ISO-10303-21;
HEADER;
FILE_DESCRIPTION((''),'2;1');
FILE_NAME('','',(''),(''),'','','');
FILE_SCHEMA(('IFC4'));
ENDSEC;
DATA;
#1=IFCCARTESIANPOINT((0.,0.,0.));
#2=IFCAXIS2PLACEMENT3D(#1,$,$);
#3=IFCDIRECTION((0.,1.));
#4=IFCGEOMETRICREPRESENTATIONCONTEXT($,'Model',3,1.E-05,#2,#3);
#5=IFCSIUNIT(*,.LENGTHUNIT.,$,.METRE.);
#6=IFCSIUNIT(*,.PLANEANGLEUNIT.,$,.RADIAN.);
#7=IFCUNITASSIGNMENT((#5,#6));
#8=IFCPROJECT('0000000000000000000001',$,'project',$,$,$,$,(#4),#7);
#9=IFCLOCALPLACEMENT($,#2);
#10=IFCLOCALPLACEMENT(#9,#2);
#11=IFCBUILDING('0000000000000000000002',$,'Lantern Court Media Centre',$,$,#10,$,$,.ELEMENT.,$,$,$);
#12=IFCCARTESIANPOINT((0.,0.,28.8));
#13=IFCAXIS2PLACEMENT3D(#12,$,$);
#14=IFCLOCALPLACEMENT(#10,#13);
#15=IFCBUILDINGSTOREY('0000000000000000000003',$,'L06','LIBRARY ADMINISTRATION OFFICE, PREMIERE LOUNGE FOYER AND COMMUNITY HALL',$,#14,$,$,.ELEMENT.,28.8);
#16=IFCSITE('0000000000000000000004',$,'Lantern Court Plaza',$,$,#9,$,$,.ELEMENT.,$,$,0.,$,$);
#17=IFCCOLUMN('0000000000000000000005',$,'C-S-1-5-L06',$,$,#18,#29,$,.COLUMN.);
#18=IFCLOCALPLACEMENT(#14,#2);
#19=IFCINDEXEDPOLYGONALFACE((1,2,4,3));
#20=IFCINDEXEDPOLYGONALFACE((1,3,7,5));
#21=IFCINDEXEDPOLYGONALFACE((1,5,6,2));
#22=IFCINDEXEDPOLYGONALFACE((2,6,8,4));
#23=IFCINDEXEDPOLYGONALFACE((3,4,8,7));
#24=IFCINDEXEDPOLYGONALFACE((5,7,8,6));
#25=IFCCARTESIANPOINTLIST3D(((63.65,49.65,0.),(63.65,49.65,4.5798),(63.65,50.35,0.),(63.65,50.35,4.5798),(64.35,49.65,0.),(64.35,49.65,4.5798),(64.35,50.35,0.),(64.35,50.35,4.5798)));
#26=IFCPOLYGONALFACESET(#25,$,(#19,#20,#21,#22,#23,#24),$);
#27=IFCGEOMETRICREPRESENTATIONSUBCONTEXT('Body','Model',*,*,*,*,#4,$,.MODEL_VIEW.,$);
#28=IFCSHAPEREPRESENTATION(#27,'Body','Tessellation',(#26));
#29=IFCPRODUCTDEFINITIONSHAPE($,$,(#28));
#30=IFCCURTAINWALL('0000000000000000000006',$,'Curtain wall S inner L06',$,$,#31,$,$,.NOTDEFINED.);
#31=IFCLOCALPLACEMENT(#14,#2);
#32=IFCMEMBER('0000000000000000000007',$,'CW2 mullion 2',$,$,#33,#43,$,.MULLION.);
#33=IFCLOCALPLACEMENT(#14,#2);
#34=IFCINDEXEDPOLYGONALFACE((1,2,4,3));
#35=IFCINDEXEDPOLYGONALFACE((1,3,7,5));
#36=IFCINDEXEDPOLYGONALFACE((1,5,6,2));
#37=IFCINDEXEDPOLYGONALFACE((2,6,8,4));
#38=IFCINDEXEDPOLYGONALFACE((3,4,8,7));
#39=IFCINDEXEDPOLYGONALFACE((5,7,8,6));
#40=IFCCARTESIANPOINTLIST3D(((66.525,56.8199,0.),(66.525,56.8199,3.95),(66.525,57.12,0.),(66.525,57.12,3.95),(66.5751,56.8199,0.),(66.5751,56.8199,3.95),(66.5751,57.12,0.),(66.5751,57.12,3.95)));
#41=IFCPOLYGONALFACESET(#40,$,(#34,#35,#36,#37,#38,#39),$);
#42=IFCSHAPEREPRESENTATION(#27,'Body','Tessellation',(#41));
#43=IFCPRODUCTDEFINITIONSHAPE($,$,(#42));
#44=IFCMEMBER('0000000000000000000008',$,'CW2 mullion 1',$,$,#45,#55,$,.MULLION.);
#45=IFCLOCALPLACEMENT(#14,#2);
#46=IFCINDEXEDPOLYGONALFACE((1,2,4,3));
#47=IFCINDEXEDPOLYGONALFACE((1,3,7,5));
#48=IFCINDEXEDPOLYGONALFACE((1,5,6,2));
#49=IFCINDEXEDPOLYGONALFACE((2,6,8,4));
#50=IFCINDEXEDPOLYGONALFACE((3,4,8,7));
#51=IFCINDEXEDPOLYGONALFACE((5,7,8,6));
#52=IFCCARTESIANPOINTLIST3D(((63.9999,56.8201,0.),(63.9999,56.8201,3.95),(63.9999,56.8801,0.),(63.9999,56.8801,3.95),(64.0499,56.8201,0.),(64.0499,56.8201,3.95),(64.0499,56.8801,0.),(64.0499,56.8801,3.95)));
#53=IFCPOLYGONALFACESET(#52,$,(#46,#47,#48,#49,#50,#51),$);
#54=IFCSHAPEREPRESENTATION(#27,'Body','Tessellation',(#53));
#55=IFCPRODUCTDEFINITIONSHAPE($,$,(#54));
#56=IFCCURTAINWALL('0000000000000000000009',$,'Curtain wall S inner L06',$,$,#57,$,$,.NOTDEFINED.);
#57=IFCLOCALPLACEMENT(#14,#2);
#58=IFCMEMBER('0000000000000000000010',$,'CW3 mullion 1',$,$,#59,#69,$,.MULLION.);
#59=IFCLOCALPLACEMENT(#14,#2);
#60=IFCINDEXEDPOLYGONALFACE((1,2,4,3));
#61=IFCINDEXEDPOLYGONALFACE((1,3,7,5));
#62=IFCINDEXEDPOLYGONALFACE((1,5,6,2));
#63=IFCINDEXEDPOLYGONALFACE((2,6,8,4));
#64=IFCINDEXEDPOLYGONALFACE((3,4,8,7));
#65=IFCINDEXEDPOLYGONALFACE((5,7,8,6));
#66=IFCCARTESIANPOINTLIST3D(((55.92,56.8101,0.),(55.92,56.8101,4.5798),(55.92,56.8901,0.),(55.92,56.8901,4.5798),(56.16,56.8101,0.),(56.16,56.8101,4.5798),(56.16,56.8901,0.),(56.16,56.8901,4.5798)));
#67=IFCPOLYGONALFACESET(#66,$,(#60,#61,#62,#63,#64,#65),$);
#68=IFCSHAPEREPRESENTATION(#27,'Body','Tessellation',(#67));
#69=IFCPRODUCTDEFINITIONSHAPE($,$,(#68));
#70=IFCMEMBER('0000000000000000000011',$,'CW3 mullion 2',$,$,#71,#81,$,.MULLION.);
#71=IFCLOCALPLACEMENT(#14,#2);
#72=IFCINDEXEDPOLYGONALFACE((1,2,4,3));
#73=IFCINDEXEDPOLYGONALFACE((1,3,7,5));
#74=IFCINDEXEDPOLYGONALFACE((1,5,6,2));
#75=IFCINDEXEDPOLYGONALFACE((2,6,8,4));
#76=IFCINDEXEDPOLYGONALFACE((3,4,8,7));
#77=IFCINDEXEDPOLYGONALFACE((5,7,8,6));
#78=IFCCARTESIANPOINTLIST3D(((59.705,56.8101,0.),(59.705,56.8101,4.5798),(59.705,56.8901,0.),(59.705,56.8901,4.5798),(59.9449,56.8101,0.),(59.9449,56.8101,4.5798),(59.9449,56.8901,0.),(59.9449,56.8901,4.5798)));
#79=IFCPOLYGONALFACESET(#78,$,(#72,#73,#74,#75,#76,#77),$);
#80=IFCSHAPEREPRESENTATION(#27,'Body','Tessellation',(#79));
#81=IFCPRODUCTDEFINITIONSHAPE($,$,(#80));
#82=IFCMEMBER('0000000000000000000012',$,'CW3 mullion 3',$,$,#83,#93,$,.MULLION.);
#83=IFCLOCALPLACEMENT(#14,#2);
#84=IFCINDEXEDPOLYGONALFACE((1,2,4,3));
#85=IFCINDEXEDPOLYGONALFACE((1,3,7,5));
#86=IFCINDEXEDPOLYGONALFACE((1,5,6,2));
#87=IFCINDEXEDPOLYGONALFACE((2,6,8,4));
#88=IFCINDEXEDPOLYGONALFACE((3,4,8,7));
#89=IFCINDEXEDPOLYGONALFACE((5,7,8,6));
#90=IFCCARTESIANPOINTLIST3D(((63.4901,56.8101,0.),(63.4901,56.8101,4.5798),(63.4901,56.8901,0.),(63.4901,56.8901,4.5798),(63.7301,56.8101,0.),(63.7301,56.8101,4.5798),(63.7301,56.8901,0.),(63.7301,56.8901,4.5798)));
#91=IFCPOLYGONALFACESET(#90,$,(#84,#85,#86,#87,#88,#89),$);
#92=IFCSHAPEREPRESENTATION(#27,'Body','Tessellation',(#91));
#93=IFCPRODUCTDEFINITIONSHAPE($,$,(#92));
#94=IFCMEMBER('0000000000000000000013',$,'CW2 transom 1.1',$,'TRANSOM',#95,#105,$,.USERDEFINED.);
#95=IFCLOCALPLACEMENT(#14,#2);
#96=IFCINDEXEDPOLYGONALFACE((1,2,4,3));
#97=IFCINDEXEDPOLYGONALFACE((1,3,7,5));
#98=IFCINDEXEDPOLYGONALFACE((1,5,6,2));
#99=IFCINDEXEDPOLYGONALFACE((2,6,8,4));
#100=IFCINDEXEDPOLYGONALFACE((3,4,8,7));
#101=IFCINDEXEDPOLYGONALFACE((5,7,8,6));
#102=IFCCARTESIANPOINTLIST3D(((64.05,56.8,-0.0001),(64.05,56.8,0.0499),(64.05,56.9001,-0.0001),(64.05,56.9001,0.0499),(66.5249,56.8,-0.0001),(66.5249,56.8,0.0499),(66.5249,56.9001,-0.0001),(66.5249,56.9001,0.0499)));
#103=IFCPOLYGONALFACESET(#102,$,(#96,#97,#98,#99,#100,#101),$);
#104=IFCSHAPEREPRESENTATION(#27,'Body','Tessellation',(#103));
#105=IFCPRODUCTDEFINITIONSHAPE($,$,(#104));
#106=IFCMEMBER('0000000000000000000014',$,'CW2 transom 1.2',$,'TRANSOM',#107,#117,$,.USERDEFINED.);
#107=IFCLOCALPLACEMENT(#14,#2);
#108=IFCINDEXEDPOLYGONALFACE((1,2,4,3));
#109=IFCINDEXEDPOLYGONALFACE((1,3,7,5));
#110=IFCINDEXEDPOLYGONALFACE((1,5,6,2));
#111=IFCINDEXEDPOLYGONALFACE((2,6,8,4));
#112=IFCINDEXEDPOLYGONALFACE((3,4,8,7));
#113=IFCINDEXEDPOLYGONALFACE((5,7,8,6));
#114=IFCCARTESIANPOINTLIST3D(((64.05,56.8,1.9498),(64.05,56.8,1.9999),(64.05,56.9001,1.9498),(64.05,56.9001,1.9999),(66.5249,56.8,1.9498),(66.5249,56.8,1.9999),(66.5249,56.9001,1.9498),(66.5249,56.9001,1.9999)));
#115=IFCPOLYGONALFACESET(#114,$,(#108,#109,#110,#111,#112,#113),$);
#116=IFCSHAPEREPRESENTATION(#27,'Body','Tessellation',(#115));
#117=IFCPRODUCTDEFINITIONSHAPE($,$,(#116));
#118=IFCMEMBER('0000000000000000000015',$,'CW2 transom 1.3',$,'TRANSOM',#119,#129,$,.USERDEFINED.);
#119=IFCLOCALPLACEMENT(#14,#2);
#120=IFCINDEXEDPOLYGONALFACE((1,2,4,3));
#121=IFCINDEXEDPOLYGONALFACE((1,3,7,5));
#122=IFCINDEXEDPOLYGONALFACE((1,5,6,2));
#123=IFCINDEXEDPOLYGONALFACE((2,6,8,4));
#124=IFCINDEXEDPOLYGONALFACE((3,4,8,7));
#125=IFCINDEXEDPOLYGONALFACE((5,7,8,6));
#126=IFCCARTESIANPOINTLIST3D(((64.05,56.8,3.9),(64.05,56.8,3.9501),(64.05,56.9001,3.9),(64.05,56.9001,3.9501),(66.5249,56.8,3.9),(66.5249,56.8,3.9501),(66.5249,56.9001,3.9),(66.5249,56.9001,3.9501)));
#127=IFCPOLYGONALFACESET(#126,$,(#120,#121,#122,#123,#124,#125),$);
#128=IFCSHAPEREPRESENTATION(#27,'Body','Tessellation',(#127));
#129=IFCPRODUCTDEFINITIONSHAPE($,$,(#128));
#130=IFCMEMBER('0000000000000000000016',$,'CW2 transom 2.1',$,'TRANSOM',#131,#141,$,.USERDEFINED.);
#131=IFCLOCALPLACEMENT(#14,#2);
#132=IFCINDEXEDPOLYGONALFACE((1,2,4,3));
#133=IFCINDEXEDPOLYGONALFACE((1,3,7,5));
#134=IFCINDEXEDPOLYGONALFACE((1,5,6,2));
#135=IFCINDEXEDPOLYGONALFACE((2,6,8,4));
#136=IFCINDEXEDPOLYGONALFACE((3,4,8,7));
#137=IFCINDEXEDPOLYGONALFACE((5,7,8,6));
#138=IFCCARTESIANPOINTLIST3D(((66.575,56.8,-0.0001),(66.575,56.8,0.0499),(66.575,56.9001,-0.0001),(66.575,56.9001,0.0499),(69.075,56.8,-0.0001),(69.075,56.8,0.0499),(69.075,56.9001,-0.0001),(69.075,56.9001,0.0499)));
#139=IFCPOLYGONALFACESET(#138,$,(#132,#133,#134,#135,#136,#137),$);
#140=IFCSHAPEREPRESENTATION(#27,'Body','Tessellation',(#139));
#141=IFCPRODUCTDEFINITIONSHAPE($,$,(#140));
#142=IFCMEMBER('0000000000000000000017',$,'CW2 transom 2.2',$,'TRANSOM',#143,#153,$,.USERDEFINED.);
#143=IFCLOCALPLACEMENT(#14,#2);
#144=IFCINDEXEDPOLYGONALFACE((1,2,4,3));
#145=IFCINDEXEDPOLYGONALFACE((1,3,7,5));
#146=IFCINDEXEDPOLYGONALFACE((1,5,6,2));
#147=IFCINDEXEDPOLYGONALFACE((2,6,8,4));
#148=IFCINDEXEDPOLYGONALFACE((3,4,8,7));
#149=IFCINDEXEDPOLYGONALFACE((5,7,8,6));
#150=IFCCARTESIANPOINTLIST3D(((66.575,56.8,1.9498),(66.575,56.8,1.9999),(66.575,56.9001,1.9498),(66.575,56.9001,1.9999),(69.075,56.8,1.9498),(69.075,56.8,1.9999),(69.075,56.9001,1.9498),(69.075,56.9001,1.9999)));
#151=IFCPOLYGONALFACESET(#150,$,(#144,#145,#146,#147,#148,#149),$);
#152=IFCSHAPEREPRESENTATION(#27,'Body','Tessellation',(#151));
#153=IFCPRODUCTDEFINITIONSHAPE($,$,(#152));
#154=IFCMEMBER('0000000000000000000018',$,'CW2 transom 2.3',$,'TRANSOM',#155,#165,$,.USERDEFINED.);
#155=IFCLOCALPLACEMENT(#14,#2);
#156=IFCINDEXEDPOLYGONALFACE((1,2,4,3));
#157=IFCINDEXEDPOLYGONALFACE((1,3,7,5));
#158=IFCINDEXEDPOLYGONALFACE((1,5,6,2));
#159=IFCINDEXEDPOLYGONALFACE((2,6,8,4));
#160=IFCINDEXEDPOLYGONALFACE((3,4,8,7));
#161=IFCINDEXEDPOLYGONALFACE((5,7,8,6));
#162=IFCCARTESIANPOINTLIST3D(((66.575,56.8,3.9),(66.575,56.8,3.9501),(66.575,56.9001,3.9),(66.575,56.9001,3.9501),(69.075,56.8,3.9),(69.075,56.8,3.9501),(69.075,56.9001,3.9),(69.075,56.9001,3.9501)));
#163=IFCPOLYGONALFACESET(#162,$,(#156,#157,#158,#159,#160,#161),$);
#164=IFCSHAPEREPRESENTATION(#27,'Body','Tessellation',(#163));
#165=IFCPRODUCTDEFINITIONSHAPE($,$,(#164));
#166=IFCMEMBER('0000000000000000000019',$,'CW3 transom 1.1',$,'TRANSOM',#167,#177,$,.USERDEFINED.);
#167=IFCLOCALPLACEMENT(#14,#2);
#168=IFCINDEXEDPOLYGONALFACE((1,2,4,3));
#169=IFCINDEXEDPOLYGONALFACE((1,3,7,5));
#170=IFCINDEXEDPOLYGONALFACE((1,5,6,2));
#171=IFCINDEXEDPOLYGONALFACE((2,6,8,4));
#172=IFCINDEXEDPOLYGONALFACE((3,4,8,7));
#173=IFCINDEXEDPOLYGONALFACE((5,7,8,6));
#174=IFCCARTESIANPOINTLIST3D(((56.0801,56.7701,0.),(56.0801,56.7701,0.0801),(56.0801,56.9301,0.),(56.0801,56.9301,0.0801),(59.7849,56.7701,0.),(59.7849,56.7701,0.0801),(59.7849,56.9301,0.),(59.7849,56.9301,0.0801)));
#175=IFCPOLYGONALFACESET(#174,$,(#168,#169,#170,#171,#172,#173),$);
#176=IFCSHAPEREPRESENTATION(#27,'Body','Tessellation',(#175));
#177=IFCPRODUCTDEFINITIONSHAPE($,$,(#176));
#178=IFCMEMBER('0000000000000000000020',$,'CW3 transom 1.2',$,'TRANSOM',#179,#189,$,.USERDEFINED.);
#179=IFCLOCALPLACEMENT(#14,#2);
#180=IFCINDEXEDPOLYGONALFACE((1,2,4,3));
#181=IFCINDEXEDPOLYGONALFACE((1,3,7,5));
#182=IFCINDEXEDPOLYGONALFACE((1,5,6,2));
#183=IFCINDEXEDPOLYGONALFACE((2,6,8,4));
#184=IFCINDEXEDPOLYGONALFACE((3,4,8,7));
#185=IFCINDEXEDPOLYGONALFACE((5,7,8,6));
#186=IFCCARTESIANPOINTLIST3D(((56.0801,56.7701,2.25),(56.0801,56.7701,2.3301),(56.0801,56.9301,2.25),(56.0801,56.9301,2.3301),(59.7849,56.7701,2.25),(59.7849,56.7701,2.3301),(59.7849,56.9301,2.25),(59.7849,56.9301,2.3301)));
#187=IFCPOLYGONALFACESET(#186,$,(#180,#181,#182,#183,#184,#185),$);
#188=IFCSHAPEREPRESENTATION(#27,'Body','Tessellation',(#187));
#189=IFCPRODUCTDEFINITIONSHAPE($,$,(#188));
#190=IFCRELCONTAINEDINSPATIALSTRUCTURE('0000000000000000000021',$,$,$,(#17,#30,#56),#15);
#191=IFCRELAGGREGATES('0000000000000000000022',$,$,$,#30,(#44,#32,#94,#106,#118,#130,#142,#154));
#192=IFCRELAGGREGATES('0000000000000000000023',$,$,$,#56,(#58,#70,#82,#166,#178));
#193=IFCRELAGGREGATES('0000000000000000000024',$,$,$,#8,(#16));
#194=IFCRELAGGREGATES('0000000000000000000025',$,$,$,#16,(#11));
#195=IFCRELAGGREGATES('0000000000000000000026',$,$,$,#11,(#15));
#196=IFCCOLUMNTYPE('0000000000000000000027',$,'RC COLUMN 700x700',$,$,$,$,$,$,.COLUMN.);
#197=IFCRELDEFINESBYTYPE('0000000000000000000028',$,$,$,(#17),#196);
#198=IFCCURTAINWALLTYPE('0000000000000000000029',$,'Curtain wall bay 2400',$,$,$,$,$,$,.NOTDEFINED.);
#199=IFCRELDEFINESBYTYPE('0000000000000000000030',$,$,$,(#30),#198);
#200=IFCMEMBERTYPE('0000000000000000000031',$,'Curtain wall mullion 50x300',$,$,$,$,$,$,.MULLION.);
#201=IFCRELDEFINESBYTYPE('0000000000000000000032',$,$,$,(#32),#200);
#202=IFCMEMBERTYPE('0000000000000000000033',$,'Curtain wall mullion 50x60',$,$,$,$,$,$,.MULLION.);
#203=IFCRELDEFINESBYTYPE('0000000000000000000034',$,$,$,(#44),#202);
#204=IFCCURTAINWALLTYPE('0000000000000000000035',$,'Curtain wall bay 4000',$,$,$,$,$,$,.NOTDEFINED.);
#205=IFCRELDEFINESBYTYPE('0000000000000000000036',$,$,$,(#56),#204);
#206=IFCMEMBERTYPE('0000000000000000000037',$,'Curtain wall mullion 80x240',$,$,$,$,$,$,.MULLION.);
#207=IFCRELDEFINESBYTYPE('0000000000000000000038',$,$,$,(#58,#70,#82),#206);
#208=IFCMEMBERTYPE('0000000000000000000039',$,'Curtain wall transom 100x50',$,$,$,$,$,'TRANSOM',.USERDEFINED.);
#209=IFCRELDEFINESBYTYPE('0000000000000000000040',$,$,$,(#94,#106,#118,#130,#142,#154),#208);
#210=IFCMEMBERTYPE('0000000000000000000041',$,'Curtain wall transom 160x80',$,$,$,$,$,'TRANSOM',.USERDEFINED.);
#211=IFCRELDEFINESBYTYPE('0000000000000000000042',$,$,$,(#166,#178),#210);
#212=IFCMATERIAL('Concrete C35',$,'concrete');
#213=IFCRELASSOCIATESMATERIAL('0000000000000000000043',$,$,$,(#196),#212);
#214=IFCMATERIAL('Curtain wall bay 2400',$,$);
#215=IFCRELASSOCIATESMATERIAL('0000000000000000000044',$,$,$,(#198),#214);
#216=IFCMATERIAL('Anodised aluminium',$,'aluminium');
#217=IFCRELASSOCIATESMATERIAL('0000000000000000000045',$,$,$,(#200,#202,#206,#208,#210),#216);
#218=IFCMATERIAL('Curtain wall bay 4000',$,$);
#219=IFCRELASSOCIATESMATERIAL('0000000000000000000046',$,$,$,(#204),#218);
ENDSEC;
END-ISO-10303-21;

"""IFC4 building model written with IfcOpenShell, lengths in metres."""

from ifc_helpers import new_model, si_unit, direction, frame, origin, origin_2d, place, context, subcontext, project, spatial, rectangle, extrude, material, material_profile, profile_set, type_object, element, aggregate, save


model = new_model("IFC4")

# Units and contexts
model_context = context("Model", 3, precision=1e-05, world=origin(), true_north=direction((0.0, 1.0)))
body_context = subcontext(model_context, "Body", "Model", "MODEL_VIEW")
ifc_project = project(units=[si_unit("LENGTHUNIT", "METRE"), si_unit("PLANEANGLEUNIT", "RADIAN")], contexts=[model_context])

# Site, building, storey
site_placement = place(None, origin())
site = spatial("IfcSite", under=ifc_project, at=site_placement, Name="Lantern Court Plaza", CompositionType="ELEMENT", RefElevation=0.0)
building_placement = place(site_placement, origin())
building = spatial("IfcBuilding", under=site, at=building_placement, Name="Lantern Court Media Centre", CompositionType="ELEMENT")
storey_placement = place(building_placement, frame((0.0, 0.0, 28.8)))
storey = spatial("IfcBuildingStorey", under=building, at=storey_placement, Name="L06", Description="LIBRARY ADMINISTRATION OFFICE, PREMIERE LOUNGE FOYER AND COMMUNITY HALL", CompositionType="ELEMENT", Elevation=28.8)

# Column
ifc_material_1 = material(Name="Concrete C35", Category="concrete")
ifc_material_profile_1 = material_profile(ifc_material_1, rectangle(XDim=0.7, YDim=0.7, at=origin_2d()), Name="RC 700x700")
ifc_profile_set_1 = profile_set([ifc_material_profile_1], Name="Concrete C35")
column_type = type_object("IfcColumnType", Name="RC COLUMN 700x700", PredefinedType="COLUMN", material=ifc_profile_set_1)
column_placement = place(storey_placement, frame((64.0, 50.0, 0.0), z_axis=(0.0, 0.0, 1.0), x_axis=(1.0, 0.0, 0.0)))
element("IfcColumn", 1, at=column_placement, inside=storey, type_object=column_type, Name="C-S-1-5-L06", PredefinedType="COLUMN", context=body_context, shape_type="SweptSolid", body=[
    extrude(rectangle(XDim=0.7, YDim=0.7, at=origin_2d()), origin(), (0.0, 0.0, 1.0), 4.5798),
])

# Curtain walls, members
ifc_material_2 = material(Name="Curtain wall bay 2400")
curtain_wall_type_1 = type_object("IfcCurtainWallType", Name="Curtain wall bay 2400", PredefinedType="NOTDEFINED", material=ifc_material_2)
curtain_wall_1_placement = place(storey_placement, origin())
curtain_wall_1 = element("IfcCurtainWall", 2, at=curtain_wall_1_placement, inside=storey, type_object=curtain_wall_type_1, Name="Curtain wall S inner L06", PredefinedType="NOTDEFINED")
ifc_material_3 = material(Name="Anodised aluminium", Category="aluminium")
ifc_material_profile_2 = material_profile(ifc_material_3, rectangle(XDim=0.3, YDim=0.05, at=origin_2d()), Name="AL 50x300")
ifc_profile_set_2 = profile_set([ifc_material_profile_2], Name="Anodised aluminium")
member_type_1 = type_object("IfcMemberType", Name="Curtain wall mullion 50x300", PredefinedType="MULLION", material=ifc_profile_set_2)
member_1_placement = place(storey_placement, frame((66.55, 56.97, 0.0), z_axis=(0.0, 0.0, 1.0), x_axis=(0.0, 1.0, 0.0)))
member_1 = element("IfcMember", 3, at=member_1_placement, type_object=member_type_1, Name="CW2 mullion 2", PredefinedType="MULLION", context=body_context, shape_type="SweptSolid", body=[
    extrude(rectangle(XDim=0.3, YDim=0.05, at=origin_2d()), origin(), (0.0, 0.0, 1.0), 3.95),
])
ifc_material_profile_3 = material_profile(ifc_material_3, rectangle(XDim=0.0601, YDim=0.05, at=origin_2d()), Name="AL 50x60")
ifc_profile_set_3 = profile_set([ifc_material_profile_3], Name="Anodised aluminium")
member_type_2 = type_object("IfcMemberType", Name="Curtain wall mullion 50x60", PredefinedType="MULLION", material=ifc_profile_set_3)
member_2_placement = place(storey_placement, frame((64.0249, 56.8501, 0.0), z_axis=(0.0, 0.0, 1.0), x_axis=(0.0, 1.0, 0.0)))
member_2 = element("IfcMember", 4, at=member_2_placement, type_object=member_type_2, Name="CW2 mullion 1", PredefinedType="MULLION", context=body_context, shape_type="SweptSolid", body=[
    extrude(rectangle(XDim=0.0601, YDim=0.05, at=origin_2d()), origin(), (0.0, 0.0, 1.0), 3.95),
])
ifc_material_4 = material(Name="Curtain wall bay 4000")
curtain_wall_type_2 = type_object("IfcCurtainWallType", Name="Curtain wall bay 4000", PredefinedType="NOTDEFINED", material=ifc_material_4)
curtain_wall_2_placement = place(storey_placement, origin())
curtain_wall_2 = element("IfcCurtainWall", 5, at=curtain_wall_2_placement, inside=storey, type_object=curtain_wall_type_2, Name="Curtain wall S inner L06", PredefinedType="NOTDEFINED")
ifc_material_profile_4 = material_profile(ifc_material_3, rectangle(XDim=0.0801, YDim=0.24, at=origin_2d()), Name="AL 80x240")
ifc_profile_set_4 = profile_set([ifc_material_profile_4], Name="Anodised aluminium")
member_type_3 = type_object("IfcMemberType", Name="Curtain wall mullion 80x240", PredefinedType="MULLION", material=ifc_profile_set_4)
member_3_placement = place(storey_placement, frame((56.04, 56.8501, 0.0), z_axis=(0.0, 0.0, 1.0), x_axis=(0.0, 1.0, 0.0)))
member_3 = element("IfcMember", 6, at=member_3_placement, type_object=member_type_3, Name="CW3 mullion 1", PredefinedType="MULLION", context=body_context, shape_type="SweptSolid", body=[
    extrude(rectangle(XDim=0.0801, YDim=0.24, at=origin_2d()), origin(), (0.0, 0.0, 1.0), 4.5798),
])
member_4_placement = place(storey_placement, frame((59.825, 56.8501, 0.0), z_axis=(0.0, 0.0, 1.0), x_axis=(0.0, 1.0, 0.0)))
member_4 = element("IfcMember", 7, at=member_4_placement, type_object=member_type_3, Name="CW3 mullion 2", PredefinedType="MULLION", context=body_context, shape_type="SweptSolid", body=[
    extrude(rectangle(XDim=0.0801, YDim=0.24, at=origin_2d()), origin(), (0.0, 0.0, 1.0), 4.5798),
])
member_5_placement = place(storey_placement, frame((63.6101, 56.8501, 0.0), z_axis=(0.0, 0.0, 1.0), x_axis=(0.0, 1.0, 0.0)))
member_5 = element("IfcMember", 8, at=member_5_placement, type_object=member_type_3, Name="CW3 mullion 3", PredefinedType="MULLION", context=body_context, shape_type="SweptSolid", body=[
    extrude(rectangle(XDim=0.0801, YDim=0.24, at=origin_2d()), origin(), (0.0, 0.0, 1.0), 4.5798),
])

# Members
ifc_material_profile_5 = material_profile(ifc_material_3, rectangle(XDim=0.1001, YDim=0.05, at=origin_2d()), Name="AL 50x100")
ifc_profile_set_5 = profile_set([ifc_material_profile_5], Name="Anodised aluminium")
member_type_4 = type_object("IfcMemberType", Name="Curtain wall transom 100x50", ElementType="TRANSOM", PredefinedType="USERDEFINED", material=ifc_profile_set_5)
member_6_placement = place(storey_placement, frame((64.05, 56.8501, 0.0249), z_axis=(1.0, 0.0, 0.0), x_axis=(0.0, 1.0, 0.0)))
member_6 = element("IfcMember", 9, at=member_6_placement, type_object=member_type_4, Name="CW2 transom 1.1", ObjectType="TRANSOM", PredefinedType="USERDEFINED", context=body_context, shape_type="SweptSolid", body=[
    extrude(rectangle(XDim=0.1001, YDim=0.05, at=origin_2d()), origin(), (0.0, 0.0, 1.0), 2.4749),
])
member_7_placement = place(storey_placement, frame((64.05, 56.8501, 1.9749), z_axis=(1.0, 0.0, 0.0), x_axis=(0.0, 1.0, 0.0)))
member_7 = element("IfcMember", 10, at=member_7_placement, type_object=member_type_4, Name="CW2 transom 1.2", ObjectType="TRANSOM", PredefinedType="USERDEFINED", context=body_context, shape_type="SweptSolid", body=[
    extrude(rectangle(XDim=0.1001, YDim=0.05, at=origin_2d()), origin(), (0.0, 0.0, 1.0), 2.4749),
])
member_8_placement = place(storey_placement, frame((64.05, 56.8501, 3.925), z_axis=(1.0, 0.0, 0.0), x_axis=(0.0, 1.0, 0.0)))
member_8 = element("IfcMember", 11, at=member_8_placement, type_object=member_type_4, Name="CW2 transom 1.3", ObjectType="TRANSOM", PredefinedType="USERDEFINED", context=body_context, shape_type="SweptSolid", body=[
    extrude(rectangle(XDim=0.1001, YDim=0.05, at=origin_2d()), origin(), (0.0, 0.0, 1.0), 2.4749),
])
member_9_placement = place(storey_placement, frame((66.575, 56.8501, 0.0249), z_axis=(1.0, 0.0, 0.0), x_axis=(0.0, 1.0, 0.0)))
member_9 = element("IfcMember", 12, at=member_9_placement, type_object=member_type_4, Name="CW2 transom 2.1", ObjectType="TRANSOM", PredefinedType="USERDEFINED", context=body_context, shape_type="SweptSolid", body=[
    extrude(rectangle(XDim=0.1001, YDim=0.05, at=origin_2d()), origin(), (0.0, 0.0, 1.0), 2.5),
])
member_10_placement = place(storey_placement, frame((66.575, 56.8501, 1.9749), z_axis=(1.0, 0.0, 0.0), x_axis=(0.0, 1.0, 0.0)))
member_10 = element("IfcMember", 13, at=member_10_placement, type_object=member_type_4, Name="CW2 transom 2.2", ObjectType="TRANSOM", PredefinedType="USERDEFINED", context=body_context, shape_type="SweptSolid", body=[
    extrude(rectangle(XDim=0.1001, YDim=0.05, at=origin_2d()), origin(), (0.0, 0.0, 1.0), 2.5),
])
member_11_placement = place(storey_placement, frame((66.575, 56.8501, 3.925), z_axis=(1.0, 0.0, 0.0), x_axis=(0.0, 1.0, 0.0)))
member_11 = element("IfcMember", 14, at=member_11_placement, type_object=member_type_4, Name="CW2 transom 2.3", ObjectType="TRANSOM", PredefinedType="USERDEFINED", context=body_context, shape_type="SweptSolid", body=[
    extrude(rectangle(XDim=0.1001, YDim=0.05, at=origin_2d()), origin(), (0.0, 0.0, 1.0), 2.5),
])
ifc_material_profile_6 = material_profile(ifc_material_3, rectangle(XDim=0.1599, YDim=0.0801, at=origin_2d()), Name="AL 80x160")
ifc_profile_set_6 = profile_set([ifc_material_profile_6], Name="Anodised aluminium")
member_type_5 = type_object("IfcMemberType", Name="Curtain wall transom 160x80", ElementType="TRANSOM", PredefinedType="USERDEFINED", material=ifc_profile_set_6)
member_12_placement = place(storey_placement, frame((56.0801, 56.8501, 0.04), z_axis=(1.0, 0.0, 0.0), x_axis=(0.0, 1.0, 0.0)))
member_12 = element("IfcMember", 15, at=member_12_placement, type_object=member_type_5, Name="CW3 transom 1.1", ObjectType="TRANSOM", PredefinedType="USERDEFINED", context=body_context, shape_type="SweptSolid", body=[
    extrude(rectangle(XDim=0.1599, YDim=0.0801, at=origin_2d()), origin(), (0.0, 0.0, 1.0), 3.7048),
])
member_13_placement = place(storey_placement, frame((56.0801, 56.8501, 2.29), z_axis=(1.0, 0.0, 0.0), x_axis=(0.0, 1.0, 0.0)))
member_13 = element("IfcMember", 16, at=member_13_placement, type_object=member_type_5, Name="CW3 transom 1.2", ObjectType="TRANSOM", PredefinedType="USERDEFINED", context=body_context, shape_type="SweptSolid", body=[
    extrude(rectangle(XDim=0.1599, YDim=0.0801, at=origin_2d()), origin(), (0.0, 0.0, 1.0), 3.7048),
])

aggregate(curtain_wall_1, [member_2, member_1, member_6, member_7, member_8, member_9, member_10, member_11])
aggregate(curtain_wall_2, [member_3, member_4, member_5, member_12, member_13])

save(model, "model.ifc")
